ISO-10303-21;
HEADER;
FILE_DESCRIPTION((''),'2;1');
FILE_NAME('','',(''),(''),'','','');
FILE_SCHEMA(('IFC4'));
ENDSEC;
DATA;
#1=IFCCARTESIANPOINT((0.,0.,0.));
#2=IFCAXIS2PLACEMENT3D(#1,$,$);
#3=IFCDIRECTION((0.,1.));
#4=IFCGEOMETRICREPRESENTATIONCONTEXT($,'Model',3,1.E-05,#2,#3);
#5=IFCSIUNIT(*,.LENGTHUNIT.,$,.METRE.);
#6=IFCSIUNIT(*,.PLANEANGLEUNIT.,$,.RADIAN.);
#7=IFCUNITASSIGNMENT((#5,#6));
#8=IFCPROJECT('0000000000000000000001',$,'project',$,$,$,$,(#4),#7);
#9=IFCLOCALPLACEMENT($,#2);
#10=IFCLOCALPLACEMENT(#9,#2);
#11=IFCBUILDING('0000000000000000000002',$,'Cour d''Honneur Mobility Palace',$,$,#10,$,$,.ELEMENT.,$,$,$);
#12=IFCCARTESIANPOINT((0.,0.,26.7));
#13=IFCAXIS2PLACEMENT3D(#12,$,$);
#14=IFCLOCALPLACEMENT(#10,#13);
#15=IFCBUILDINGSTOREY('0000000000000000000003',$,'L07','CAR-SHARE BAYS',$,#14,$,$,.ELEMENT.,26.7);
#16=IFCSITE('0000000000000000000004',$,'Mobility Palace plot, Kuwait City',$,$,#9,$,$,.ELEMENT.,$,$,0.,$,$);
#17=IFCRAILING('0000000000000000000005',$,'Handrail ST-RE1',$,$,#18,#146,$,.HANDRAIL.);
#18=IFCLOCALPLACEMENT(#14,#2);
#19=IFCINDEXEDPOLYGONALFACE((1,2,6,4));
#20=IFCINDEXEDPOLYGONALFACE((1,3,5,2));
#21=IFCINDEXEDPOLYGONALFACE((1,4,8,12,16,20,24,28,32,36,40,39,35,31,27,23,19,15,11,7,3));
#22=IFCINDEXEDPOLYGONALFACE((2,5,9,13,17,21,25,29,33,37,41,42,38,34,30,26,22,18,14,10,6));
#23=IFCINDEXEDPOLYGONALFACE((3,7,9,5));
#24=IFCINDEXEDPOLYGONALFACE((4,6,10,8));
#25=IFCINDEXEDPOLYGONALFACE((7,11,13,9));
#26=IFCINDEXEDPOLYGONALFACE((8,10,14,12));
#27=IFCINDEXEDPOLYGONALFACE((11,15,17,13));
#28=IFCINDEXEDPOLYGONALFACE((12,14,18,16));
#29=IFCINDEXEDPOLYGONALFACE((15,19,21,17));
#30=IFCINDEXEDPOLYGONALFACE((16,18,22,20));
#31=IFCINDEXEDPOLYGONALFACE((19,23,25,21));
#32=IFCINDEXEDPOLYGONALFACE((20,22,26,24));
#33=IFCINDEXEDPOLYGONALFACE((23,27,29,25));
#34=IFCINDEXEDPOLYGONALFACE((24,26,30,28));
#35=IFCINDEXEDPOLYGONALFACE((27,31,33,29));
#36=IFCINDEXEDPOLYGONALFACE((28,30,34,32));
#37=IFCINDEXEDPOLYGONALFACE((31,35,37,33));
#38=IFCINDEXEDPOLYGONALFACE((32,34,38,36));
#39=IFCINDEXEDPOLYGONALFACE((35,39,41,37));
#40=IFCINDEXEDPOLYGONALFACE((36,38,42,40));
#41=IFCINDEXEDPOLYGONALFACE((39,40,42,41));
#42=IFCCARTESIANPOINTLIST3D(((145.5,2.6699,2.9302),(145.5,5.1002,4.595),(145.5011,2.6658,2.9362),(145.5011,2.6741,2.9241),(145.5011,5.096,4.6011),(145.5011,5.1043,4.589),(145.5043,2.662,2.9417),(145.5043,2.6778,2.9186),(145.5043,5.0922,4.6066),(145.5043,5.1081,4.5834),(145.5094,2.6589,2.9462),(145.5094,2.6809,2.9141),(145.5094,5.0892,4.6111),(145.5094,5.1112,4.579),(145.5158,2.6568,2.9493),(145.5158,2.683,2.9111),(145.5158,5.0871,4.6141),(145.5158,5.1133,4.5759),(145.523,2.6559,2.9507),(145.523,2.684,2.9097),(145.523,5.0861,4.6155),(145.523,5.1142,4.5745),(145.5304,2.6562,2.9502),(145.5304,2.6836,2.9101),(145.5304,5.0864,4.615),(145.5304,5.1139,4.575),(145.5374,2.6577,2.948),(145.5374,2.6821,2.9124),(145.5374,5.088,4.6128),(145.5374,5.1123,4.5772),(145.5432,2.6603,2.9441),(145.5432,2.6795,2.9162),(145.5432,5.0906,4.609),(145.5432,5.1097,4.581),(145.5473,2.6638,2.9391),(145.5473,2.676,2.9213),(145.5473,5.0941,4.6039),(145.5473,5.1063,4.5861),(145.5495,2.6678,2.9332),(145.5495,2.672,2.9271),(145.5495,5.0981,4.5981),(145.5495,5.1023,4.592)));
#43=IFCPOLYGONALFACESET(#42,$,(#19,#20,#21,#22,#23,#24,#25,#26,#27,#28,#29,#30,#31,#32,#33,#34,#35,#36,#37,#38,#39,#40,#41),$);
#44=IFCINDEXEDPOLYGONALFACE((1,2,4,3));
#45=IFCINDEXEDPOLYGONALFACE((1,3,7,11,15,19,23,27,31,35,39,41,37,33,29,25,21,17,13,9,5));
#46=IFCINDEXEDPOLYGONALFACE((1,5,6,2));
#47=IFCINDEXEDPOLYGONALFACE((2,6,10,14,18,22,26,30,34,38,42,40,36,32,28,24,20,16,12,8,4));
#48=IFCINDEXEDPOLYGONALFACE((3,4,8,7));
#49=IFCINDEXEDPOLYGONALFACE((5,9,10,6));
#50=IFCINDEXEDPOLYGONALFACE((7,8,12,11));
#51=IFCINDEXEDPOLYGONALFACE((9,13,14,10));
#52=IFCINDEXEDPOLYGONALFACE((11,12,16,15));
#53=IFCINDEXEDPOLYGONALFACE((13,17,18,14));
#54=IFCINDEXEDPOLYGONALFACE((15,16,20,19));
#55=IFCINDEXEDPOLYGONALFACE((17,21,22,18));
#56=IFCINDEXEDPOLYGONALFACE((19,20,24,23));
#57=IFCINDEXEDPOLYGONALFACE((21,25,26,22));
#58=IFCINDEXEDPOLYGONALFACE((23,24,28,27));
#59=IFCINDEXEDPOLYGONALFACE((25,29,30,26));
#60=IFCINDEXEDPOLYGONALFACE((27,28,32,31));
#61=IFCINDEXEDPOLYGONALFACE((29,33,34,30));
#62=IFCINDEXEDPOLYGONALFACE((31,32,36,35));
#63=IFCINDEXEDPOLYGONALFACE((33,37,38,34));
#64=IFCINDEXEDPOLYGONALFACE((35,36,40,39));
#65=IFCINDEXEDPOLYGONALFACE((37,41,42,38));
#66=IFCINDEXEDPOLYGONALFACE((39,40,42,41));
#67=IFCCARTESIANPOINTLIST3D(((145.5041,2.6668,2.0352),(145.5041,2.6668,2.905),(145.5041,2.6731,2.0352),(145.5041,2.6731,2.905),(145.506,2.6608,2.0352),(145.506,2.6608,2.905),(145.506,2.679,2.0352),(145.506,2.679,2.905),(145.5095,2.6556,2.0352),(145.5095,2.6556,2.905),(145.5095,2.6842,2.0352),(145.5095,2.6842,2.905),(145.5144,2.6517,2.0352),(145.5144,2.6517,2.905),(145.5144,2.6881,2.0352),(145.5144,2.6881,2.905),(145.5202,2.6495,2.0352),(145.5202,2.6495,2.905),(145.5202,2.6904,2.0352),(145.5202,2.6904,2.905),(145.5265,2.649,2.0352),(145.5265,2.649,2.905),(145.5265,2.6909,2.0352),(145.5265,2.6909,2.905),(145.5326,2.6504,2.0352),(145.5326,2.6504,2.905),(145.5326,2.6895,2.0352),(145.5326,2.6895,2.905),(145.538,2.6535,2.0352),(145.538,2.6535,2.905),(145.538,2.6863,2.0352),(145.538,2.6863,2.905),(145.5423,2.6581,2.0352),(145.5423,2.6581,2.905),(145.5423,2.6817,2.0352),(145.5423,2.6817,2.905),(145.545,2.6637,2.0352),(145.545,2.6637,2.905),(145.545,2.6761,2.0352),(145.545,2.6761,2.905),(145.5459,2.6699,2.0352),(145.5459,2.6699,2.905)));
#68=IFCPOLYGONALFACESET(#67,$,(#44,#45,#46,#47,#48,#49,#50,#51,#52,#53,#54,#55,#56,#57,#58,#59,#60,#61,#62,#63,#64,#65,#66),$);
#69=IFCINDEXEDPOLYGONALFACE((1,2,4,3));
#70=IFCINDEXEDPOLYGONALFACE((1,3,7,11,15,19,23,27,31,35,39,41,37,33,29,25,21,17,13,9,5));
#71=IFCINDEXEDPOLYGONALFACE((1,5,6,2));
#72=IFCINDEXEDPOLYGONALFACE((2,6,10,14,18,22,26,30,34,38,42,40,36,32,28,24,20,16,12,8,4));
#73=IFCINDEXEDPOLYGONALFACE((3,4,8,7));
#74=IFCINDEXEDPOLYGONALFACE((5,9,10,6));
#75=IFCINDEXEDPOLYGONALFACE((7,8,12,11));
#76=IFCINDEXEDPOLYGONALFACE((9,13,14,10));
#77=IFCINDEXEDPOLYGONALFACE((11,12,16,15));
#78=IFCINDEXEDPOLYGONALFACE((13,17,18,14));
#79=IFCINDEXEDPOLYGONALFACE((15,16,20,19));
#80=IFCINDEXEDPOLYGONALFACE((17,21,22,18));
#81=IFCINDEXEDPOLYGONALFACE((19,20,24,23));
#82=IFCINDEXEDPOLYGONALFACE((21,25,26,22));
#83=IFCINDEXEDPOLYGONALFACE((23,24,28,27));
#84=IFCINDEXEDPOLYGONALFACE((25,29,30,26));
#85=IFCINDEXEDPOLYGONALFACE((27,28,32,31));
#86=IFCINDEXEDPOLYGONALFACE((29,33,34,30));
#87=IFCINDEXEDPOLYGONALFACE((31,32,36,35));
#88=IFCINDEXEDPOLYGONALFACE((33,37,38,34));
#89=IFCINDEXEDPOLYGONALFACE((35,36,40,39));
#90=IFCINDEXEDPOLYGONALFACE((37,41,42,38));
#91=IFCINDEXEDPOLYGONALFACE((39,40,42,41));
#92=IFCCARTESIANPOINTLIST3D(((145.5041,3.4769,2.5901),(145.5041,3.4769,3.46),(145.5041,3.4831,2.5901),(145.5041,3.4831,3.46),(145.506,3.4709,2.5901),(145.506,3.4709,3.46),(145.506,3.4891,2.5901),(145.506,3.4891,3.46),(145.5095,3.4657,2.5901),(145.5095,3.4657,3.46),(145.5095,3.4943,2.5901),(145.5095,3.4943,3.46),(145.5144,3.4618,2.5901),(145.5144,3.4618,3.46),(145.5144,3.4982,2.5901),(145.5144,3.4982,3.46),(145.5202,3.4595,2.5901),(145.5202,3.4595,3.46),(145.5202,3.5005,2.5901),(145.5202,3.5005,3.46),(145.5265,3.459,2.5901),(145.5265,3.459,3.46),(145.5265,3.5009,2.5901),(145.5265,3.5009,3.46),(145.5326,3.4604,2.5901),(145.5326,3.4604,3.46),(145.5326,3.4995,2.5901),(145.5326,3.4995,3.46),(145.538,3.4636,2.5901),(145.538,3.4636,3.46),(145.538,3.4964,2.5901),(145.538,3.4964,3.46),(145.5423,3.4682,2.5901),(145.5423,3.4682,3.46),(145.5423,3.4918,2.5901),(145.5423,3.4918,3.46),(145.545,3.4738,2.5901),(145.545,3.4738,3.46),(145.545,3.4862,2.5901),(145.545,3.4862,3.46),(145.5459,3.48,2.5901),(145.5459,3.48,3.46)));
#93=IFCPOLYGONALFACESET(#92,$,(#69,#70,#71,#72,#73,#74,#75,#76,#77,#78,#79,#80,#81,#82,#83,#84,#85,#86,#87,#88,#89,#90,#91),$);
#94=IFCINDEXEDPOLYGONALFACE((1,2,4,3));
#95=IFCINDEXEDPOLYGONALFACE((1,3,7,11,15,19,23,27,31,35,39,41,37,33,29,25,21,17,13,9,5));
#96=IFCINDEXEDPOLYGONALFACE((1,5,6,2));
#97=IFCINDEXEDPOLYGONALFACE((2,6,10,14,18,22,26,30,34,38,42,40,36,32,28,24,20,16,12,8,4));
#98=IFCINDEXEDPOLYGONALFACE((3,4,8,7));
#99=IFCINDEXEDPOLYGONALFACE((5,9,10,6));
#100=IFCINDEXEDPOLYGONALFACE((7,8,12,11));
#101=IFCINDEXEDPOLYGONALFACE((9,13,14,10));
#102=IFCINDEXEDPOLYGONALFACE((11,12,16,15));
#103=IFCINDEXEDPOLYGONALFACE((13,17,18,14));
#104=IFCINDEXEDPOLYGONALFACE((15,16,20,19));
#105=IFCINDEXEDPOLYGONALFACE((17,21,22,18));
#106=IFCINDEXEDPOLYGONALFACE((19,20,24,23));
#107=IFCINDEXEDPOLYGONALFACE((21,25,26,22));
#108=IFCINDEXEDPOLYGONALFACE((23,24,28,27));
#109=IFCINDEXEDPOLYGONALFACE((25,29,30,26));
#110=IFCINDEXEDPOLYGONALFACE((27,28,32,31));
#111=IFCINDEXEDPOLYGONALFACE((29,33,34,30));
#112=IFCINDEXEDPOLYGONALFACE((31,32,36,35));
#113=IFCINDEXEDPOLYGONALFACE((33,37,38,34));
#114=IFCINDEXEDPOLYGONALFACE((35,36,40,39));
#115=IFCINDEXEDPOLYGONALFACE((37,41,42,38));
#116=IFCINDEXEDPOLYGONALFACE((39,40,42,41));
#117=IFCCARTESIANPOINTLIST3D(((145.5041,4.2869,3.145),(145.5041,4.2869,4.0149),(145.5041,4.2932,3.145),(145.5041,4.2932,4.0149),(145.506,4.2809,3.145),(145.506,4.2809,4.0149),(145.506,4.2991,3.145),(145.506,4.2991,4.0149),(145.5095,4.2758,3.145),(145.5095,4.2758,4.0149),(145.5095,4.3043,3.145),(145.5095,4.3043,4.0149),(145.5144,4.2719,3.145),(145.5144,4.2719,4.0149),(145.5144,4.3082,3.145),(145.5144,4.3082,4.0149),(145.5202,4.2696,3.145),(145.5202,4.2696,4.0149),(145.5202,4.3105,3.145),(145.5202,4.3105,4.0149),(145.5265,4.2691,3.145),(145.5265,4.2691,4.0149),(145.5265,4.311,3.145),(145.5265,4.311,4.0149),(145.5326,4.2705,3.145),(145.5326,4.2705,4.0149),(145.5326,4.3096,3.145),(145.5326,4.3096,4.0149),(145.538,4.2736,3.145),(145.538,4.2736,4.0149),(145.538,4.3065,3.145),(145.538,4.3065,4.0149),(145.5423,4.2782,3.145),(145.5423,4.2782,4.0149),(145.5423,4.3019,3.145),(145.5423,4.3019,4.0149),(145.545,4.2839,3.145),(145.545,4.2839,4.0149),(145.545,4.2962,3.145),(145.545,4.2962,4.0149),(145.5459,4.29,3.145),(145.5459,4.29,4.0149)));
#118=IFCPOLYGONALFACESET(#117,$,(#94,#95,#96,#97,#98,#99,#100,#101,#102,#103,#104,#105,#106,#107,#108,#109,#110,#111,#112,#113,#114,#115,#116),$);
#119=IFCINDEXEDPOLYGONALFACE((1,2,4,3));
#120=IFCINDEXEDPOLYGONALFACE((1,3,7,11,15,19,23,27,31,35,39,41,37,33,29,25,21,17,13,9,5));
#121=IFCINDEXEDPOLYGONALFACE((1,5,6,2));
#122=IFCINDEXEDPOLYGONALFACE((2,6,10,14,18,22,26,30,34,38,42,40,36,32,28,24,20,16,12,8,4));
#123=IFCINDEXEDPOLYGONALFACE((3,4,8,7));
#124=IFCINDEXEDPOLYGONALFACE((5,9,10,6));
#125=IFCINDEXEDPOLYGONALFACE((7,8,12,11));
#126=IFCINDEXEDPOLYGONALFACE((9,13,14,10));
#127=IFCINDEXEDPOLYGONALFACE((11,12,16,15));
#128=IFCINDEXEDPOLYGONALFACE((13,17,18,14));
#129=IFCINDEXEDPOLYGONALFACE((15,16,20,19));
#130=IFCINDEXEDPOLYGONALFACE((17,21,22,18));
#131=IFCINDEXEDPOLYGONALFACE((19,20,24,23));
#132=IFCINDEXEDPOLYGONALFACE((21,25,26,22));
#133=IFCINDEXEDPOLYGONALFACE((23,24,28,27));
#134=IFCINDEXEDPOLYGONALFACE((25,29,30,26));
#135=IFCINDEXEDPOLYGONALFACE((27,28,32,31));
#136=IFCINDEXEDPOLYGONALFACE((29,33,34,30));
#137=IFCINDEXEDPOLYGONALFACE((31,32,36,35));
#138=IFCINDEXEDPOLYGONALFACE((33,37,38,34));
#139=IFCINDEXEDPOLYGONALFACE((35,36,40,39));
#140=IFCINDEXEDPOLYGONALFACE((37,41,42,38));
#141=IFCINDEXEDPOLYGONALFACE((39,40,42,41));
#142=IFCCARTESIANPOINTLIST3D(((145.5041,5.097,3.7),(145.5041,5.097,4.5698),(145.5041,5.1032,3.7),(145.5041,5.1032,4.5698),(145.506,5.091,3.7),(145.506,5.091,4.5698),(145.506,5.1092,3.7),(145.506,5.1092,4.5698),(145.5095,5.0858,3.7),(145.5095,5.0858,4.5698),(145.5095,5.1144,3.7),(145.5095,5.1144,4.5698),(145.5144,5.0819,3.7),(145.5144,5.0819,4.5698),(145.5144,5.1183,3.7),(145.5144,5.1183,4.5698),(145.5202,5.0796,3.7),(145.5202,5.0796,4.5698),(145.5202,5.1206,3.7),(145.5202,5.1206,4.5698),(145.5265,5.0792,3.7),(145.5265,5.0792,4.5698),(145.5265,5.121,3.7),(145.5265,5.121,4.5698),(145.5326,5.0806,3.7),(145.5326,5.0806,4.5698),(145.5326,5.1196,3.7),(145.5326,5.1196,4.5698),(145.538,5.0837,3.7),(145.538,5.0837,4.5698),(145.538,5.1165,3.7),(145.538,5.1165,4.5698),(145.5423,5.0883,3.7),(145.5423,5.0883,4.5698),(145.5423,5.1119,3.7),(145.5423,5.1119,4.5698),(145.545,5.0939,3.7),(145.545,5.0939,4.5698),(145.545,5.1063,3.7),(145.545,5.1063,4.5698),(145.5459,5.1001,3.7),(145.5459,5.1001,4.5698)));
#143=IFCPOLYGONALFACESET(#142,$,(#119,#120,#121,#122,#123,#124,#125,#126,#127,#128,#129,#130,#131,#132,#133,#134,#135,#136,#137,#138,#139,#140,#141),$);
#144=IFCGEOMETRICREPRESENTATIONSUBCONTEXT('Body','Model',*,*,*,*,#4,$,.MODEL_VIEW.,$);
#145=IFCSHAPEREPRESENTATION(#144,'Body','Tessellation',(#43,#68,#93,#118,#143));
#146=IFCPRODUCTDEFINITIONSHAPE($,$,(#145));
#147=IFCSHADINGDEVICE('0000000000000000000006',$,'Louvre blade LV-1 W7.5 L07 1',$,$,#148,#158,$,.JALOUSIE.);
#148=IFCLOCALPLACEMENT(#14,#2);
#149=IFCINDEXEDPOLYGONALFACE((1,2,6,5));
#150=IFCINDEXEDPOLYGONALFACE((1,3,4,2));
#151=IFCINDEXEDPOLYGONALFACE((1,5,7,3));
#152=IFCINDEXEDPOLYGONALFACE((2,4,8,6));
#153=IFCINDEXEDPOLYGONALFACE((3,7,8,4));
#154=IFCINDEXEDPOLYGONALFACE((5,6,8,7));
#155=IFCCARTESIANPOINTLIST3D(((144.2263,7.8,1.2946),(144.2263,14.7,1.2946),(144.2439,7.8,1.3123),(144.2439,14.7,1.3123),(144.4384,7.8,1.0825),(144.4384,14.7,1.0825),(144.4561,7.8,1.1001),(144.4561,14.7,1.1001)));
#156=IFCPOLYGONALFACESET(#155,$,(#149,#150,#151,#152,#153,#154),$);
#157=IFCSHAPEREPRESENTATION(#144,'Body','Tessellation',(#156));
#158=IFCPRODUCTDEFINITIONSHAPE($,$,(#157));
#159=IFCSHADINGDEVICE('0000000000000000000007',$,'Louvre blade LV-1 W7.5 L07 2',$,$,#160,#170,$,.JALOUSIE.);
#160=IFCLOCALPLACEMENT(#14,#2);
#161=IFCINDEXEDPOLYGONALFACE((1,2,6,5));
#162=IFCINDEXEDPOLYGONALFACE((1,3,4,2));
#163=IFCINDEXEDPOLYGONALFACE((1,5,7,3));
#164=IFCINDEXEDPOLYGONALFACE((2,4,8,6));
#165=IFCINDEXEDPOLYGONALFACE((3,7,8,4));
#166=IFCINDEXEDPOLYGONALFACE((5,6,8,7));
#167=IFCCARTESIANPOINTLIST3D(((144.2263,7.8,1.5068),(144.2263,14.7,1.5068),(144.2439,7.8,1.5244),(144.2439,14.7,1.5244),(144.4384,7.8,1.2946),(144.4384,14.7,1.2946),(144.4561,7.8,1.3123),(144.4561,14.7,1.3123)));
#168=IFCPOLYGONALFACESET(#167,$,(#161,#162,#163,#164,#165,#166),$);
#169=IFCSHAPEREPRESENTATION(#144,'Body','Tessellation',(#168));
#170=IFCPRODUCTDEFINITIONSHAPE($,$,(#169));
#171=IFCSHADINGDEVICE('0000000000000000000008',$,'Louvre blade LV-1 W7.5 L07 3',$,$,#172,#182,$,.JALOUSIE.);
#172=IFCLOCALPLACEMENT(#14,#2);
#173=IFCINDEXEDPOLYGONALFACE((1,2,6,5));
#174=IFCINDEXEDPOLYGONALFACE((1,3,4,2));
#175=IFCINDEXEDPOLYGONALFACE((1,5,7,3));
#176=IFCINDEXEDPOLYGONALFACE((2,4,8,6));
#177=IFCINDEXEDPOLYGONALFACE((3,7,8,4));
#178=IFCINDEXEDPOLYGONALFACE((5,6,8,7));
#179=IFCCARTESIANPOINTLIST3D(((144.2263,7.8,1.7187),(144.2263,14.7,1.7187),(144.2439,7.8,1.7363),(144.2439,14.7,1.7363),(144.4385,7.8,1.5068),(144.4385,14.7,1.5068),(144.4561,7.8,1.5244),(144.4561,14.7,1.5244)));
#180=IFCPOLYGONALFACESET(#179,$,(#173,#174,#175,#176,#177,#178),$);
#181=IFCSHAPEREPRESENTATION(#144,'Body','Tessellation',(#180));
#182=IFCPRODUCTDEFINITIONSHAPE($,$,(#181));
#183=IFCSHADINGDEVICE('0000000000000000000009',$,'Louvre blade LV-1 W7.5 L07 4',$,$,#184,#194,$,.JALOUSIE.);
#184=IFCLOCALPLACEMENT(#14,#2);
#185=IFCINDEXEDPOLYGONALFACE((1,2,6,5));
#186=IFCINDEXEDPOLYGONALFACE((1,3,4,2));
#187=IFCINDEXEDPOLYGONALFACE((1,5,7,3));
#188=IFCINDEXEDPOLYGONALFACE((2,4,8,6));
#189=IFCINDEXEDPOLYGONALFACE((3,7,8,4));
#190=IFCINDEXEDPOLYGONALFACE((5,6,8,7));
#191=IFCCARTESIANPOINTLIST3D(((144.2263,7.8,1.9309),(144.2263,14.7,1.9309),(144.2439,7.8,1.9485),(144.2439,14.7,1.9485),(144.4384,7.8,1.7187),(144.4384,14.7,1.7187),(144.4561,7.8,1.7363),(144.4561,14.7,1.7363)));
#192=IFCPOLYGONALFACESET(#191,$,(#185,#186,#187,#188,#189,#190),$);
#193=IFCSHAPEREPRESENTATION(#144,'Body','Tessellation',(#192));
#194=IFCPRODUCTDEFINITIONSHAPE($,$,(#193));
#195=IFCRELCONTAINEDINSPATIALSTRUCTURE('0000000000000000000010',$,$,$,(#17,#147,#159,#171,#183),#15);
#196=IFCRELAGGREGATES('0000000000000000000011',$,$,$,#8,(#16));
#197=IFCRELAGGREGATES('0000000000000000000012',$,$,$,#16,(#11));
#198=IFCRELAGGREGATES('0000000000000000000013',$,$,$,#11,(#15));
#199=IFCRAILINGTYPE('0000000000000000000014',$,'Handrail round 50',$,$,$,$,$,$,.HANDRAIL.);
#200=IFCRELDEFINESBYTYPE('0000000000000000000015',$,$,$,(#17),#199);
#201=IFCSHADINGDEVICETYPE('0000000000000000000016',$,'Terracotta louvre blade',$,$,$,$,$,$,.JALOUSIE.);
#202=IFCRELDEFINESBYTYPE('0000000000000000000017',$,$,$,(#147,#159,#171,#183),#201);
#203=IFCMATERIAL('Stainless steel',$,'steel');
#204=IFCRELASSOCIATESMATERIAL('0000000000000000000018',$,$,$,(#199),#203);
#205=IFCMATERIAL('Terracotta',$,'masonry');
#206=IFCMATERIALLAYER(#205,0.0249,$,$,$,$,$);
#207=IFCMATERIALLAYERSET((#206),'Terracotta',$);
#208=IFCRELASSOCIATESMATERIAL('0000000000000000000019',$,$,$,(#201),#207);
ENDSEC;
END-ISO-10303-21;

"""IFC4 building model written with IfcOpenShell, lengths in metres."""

from ifc_helpers import new_model, si_unit, direction, frame, origin, origin_2d, place, context, subcontext, project, spatial, polyline, circle, outline, extrude, material, layer, layer_set, type_object, element, save


model = new_model("IFC4")

# Units and contexts
model_context = context("Model", 3, precision=1e-05, world=origin(), true_north=direction((0.0, 1.0)))
body_context = subcontext(model_context, "Body", "Model", "MODEL_VIEW")
ifc_project = project(units=[si_unit("LENGTHUNIT", "METRE"), si_unit("PLANEANGLEUNIT", "RADIAN")], contexts=[model_context])

# Site, building, storey
site_placement = place(None, origin())
site = spatial("IfcSite", under=ifc_project, at=site_placement, Name="Mobility Palace plot, Kuwait City", CompositionType="ELEMENT", RefElevation=0.0)
building_placement = place(site_placement, origin())
building = spatial("IfcBuilding", under=site, at=building_placement, Name="Cour d'Honneur Mobility Palace", CompositionType="ELEMENT")
storey_placement = place(building_placement, frame((0.0, 0.0, 26.7)))
storey = spatial("IfcBuildingStorey", under=building, at=storey_placement, Name="L07", Description="CAR-SHARE BAYS", CompositionType="ELEMENT", Elevation=26.7)

# Railing
ifc_material_1 = material(Name="Stainless steel", Category="steel")
railing_type_1 = type_object("IfcRailingType", Name="Handrail round 50", PredefinedType="HANDRAIL", material=ifc_material_1)
for number, where, name in (
    (1, (145.5249, 2.6699, 2.0352), "Handrail ST-RE1"),
):
    element("IfcRailing", number, at=place(storey_placement, frame(where)), inside=storey, type_object=railing_type_1, Name=name, PredefinedType="HANDRAIL", context=body_context, shape_type="SweptSolid", body=[
        extrude(circle(Radius=0.0249, at=origin_2d()), frame((0.0, 0.0, 0.895), z_axis=(0.0, 0.824984, 0.565156), x_axis=(-1.0, 0.0, 0.0)), (0.0, 0.0, 1.0), 2.9458),
        extrude(circle(Radius=0.021, at=origin_2d()), origin(), (0.0, 0.0, 1.0), 0.8699),
        extrude(circle(Radius=0.021, at=origin_2d()), frame((0.0, 0.8101, 0.5549)), (0.0, 0.0, 1.0), 0.8699),
        extrude(circle(Radius=0.021, at=origin_2d()), frame((0.0, 1.6201, 1.1099)), (0.0, 0.0, 1.0), 0.8699),
        extrude(circle(Radius=0.021, at=origin_2d()), frame((0.0, 2.4302, 1.6648)), (0.0, 0.0, 1.0), 0.8699),
    ])

# Shading devices
ifc_material_2 = material(Name="Terracotta", Category="masonry")
ifc_layer_1 = layer(ifc_material_2, 0.0249)
ifc_layer_set_1 = layer_set([ifc_layer_1], Name="Terracotta")
shading_device_type = type_object("IfcShadingDeviceType", Name="Terracotta louvre blade", PredefinedType="JALOUSIE", material=ifc_layer_set_1)
for number, where, z_axis, x_axis, name in (
    (2, (144.4561, 14.7, 1.1001), (0.707107, 0.0, 0.707107), (0.0, -1.0, 0.0), "Louvre blade LV-1 W7.5 L07 1"),
    (3, (144.4561, 14.7, 1.3123), (0.707107, 0.0, 0.707107), (0.0, -1.0, 0.0), "Louvre blade LV-1 W7.5 L07 2"),
):
    element("IfcShadingDevice", number, at=place(storey_placement, frame(where, z_axis=z_axis, x_axis=x_axis)), inside=storey, type_object=shading_device_type, Name=name, PredefinedType="JALOUSIE", context=body_context, shape_type="SweptSolid", body=[
        extrude(outline(polyline([(0.0, 0.0), (6.8999, 0.0), (6.8999, -0.3), (0.0, -0.3), (0.0, 0.0)])), origin(), (0.0, 0.0, -1.0), 0.0249),
    ])
shading_device_1_placement = place(storey_placement, frame((144.4561, 14.7, 1.5244), z_axis=(0.7067, 0.0, 0.707514), x_axis=(0.0, -1.0, 0.0)))
element("IfcShadingDevice", 4, at=shading_device_1_placement, inside=storey, type_object=shading_device_type, Name="Louvre blade LV-1 W7.5 L07 3", PredefinedType="JALOUSIE", context=body_context, shape_type="SweptSolid", body=[
    extrude(outline(polyline([(0.0, 0.0), (6.8999, 0.0), (6.8999, -0.2999), (0.0, -0.2999), (0.0, 0.0)])), origin(), (0.0, 0.0, -1.0), 0.0249),
])
shading_device_2_placement = place(storey_placement, frame((144.4561, 14.7, 1.7363), z_axis=(0.707107, 0.0, 0.707107), x_axis=(0.0, -1.0, 0.0)))
element("IfcShadingDevice", 5, at=shading_device_2_placement, inside=storey, type_object=shading_device_type, Name="Louvre blade LV-1 W7.5 L07 4", PredefinedType="JALOUSIE", context=body_context, shape_type="SweptSolid", body=[
    extrude(outline(polyline([(0.0, 0.0), (6.8999, 0.0), (6.8999, -0.3), (0.0, -0.3), (0.0, 0.0)])), origin(), (0.0, 0.0, -1.0), 0.0249),
])

save(model, "model.ifc")
